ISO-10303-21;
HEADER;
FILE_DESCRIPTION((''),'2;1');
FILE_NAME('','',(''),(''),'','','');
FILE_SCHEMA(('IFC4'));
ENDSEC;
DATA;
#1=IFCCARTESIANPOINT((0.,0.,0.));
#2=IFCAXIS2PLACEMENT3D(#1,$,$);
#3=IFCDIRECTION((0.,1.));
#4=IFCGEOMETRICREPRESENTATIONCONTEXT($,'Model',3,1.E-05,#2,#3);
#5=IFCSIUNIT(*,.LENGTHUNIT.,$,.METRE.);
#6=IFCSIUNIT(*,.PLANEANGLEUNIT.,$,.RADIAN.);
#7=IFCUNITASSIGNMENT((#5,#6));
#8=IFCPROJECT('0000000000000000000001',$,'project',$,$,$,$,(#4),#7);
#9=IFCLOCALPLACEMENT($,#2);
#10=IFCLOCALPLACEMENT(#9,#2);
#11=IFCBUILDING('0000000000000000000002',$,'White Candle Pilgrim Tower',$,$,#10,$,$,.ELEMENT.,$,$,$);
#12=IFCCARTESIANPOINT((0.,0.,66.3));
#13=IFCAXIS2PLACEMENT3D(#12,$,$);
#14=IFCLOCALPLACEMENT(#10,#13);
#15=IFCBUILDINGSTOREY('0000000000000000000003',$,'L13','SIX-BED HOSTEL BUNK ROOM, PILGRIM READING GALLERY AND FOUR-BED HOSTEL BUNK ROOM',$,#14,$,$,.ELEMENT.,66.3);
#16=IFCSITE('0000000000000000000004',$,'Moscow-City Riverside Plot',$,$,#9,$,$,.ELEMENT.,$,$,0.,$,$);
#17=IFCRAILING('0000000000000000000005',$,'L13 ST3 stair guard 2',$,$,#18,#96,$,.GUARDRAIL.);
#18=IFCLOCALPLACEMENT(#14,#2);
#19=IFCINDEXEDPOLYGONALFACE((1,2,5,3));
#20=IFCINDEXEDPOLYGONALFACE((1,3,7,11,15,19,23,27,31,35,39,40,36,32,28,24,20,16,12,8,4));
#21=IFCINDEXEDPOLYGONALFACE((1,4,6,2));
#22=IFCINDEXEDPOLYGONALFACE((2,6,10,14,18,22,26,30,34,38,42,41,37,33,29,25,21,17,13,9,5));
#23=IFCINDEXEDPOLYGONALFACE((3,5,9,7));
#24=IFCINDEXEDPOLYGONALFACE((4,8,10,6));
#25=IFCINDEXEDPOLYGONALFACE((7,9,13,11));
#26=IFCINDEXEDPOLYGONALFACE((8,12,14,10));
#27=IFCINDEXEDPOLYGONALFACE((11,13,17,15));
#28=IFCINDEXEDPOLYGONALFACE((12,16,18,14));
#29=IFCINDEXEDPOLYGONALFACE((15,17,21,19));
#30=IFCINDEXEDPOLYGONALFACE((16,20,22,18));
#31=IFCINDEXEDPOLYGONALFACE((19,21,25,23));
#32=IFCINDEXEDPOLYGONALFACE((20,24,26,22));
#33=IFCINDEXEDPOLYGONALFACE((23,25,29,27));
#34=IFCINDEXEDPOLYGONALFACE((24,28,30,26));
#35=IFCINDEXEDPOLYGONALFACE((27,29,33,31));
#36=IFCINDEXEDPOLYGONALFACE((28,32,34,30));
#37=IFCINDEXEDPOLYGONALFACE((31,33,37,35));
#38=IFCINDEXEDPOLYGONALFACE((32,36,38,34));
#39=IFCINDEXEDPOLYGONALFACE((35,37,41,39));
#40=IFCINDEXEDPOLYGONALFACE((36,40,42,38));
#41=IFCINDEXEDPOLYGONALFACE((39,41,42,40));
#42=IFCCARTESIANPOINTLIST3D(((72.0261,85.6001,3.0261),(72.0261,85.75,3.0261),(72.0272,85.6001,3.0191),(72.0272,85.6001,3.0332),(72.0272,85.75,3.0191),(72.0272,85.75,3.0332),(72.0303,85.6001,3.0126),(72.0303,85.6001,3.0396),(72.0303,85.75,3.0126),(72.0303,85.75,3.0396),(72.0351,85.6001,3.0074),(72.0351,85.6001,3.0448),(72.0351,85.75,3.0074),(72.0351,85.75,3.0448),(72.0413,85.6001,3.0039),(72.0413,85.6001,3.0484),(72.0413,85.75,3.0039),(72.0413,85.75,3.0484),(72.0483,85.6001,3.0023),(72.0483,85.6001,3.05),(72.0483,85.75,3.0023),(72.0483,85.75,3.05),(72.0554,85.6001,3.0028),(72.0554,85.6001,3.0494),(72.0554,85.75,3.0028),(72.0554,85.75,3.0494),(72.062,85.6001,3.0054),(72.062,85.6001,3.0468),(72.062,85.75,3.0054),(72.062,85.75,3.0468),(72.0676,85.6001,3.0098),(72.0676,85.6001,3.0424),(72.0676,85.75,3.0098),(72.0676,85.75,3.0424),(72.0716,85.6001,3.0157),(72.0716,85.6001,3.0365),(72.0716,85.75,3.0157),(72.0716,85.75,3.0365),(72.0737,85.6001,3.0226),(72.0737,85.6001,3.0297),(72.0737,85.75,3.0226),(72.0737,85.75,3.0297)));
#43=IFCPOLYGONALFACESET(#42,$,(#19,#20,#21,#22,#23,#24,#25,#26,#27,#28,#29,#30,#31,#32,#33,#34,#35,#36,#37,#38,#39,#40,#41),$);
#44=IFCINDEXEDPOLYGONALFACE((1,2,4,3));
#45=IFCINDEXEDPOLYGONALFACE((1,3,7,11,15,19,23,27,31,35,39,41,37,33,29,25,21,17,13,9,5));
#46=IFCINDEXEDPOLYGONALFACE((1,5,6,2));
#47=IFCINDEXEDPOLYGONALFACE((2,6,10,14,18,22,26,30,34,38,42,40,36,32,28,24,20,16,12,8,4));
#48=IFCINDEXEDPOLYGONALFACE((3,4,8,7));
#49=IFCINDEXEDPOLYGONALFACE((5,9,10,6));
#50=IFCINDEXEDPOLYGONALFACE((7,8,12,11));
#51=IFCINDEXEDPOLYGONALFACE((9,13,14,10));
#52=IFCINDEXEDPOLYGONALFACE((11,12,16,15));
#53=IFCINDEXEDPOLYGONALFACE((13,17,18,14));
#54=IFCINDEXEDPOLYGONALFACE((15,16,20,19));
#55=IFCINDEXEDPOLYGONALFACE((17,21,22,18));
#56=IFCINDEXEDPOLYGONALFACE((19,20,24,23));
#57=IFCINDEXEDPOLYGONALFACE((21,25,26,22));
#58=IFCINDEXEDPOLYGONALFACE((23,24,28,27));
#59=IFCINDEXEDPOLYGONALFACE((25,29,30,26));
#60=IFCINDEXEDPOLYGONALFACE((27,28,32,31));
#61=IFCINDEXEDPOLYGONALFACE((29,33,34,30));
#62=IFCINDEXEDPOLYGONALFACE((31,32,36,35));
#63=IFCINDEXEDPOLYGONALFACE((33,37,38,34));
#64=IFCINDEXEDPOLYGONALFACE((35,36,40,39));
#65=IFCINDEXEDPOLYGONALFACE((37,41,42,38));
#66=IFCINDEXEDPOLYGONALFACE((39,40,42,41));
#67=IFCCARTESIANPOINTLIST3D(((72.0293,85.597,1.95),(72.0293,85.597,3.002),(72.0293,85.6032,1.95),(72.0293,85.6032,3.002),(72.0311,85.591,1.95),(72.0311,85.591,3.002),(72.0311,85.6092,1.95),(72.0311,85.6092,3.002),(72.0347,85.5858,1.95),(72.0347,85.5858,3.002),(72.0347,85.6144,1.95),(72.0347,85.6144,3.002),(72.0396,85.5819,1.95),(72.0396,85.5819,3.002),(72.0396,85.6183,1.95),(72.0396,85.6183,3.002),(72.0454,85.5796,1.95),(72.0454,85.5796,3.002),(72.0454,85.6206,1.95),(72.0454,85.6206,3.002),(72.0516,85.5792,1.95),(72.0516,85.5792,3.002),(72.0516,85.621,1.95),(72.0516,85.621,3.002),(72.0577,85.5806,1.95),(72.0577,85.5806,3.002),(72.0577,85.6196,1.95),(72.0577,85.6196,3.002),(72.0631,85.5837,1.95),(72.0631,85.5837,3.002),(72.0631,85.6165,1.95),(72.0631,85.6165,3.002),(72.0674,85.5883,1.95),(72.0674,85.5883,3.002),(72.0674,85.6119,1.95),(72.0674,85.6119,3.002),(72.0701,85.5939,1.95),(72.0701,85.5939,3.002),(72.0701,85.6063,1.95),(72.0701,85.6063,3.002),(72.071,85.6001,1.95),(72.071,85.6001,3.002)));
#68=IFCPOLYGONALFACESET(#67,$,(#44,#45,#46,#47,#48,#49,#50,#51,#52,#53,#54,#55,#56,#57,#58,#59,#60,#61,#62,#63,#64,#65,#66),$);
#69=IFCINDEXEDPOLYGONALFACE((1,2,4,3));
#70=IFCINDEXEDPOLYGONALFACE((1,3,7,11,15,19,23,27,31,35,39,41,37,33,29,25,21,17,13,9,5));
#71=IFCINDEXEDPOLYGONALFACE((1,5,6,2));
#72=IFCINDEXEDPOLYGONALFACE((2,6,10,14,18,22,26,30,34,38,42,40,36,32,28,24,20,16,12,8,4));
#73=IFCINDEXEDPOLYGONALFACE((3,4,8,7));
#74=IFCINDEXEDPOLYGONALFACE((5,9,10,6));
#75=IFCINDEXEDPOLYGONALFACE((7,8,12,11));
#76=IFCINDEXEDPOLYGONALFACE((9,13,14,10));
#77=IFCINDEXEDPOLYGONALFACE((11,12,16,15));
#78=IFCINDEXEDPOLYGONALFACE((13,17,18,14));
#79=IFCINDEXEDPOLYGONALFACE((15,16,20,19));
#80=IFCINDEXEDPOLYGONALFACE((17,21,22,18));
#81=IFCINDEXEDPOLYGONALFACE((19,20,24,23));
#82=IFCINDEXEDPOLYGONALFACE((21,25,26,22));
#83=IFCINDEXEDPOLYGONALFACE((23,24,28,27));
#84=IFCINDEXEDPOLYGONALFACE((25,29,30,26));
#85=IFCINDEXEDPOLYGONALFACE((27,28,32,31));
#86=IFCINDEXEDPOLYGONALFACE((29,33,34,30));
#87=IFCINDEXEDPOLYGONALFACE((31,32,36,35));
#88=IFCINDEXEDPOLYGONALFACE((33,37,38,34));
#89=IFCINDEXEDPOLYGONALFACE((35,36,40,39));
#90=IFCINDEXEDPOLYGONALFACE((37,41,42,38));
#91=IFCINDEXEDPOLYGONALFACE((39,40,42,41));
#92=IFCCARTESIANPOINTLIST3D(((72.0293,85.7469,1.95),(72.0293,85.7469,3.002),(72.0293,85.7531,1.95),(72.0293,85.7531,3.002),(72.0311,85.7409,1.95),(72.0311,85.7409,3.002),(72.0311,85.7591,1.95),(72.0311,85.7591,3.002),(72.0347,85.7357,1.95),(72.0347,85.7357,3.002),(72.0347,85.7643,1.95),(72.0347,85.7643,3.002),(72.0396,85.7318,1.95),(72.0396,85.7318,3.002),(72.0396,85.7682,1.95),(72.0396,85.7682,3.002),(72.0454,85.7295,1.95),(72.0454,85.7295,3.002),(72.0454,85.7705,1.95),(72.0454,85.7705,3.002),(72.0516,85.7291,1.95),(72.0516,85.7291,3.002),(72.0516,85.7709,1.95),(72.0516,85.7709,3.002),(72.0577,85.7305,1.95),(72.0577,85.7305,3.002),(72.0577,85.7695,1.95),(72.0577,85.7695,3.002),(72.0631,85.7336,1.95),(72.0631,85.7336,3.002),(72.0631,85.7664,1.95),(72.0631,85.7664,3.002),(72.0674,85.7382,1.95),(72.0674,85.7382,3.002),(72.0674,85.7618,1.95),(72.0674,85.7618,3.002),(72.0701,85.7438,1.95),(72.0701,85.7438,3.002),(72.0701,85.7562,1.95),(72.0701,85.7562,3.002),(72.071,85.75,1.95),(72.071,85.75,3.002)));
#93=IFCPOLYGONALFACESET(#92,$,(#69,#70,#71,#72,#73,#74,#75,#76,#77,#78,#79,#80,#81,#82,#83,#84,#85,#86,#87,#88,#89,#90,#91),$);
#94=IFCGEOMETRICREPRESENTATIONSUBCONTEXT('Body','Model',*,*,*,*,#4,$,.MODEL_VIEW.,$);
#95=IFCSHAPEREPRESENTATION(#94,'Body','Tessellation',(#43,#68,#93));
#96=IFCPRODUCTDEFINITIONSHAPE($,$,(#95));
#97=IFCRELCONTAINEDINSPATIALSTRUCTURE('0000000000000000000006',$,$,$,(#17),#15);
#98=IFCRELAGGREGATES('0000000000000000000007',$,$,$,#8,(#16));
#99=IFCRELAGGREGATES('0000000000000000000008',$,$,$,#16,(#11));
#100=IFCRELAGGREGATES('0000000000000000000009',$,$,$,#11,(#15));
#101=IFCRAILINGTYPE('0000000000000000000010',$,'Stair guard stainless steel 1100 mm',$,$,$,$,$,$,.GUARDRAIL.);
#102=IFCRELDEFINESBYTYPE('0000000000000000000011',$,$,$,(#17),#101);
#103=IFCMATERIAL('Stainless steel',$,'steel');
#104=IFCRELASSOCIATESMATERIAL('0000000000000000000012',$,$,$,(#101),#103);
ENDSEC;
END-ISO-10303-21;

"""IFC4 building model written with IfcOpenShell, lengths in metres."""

from ifc_helpers import new_model, si_unit, direction, frame, origin, origin_2d, place, context, subcontext, project, spatial, circle, extrude, material, type_object, element, save


model = new_model("IFC4")

# Units and contexts
model_context = context("Model", 3, precision=1e-05, world=origin(), true_north=direction((0.0, 1.0)))
body_context = subcontext(model_context, "Body", "Model", "MODEL_VIEW")
ifc_project = project(units=[si_unit("LENGTHUNIT", "METRE"), si_unit("PLANEANGLEUNIT", "RADIAN")], contexts=[model_context])

# Site, building, storey
site_placement = place(None, origin())
site = spatial("IfcSite", under=ifc_project, at=site_placement, Name="Moscow-City Riverside Plot", CompositionType="ELEMENT", RefElevation=0.0)
building_placement = place(site_placement, origin())
building = spatial("IfcBuilding", under=site, at=building_placement, Name="White Candle Pilgrim Tower", CompositionType="ELEMENT")
storey_placement = place(building_placement, frame((0.0, 0.0, 66.3)))
storey = spatial("IfcBuildingStorey", under=building, at=storey_placement, Name="L13", Description="SIX-BED HOSTEL BUNK ROOM, PILGRIM READING GALLERY AND FOUR-BED HOSTEL BUNK ROOM", CompositionType="ELEMENT", Elevation=66.3)

# Railing
ifc_material_1 = material(Name="Stainless steel", Category="steel")
railing_type_1 = type_object("IfcRailingType", Name="Stair guard stainless steel 1100 mm", PredefinedType="GUARDRAIL", material=ifc_material_1)
railing_1_placement = place(storey_placement, frame((72.05, 85.6001, 1.95)))
element("IfcRailing", 1, at=railing_1_placement, inside=storey, type_object=railing_type_1, Name="L13 ST3 stair guard 2", PredefinedType="GUARDRAIL", context=body_context, shape_type="SweptSolid", body=[
    extrude(circle(Radius=0.0239, at=origin_2d()), frame((0.0, 0.0, 1.0762), z_axis=(0.0, 1.0, 0.0), x_axis=(-1.0, 0.0, 0.0)), (0.0, 0.0, 1.0), 0.1499),
    extrude(circle(Radius=0.021, at=origin_2d()), origin(), (0.0, 0.0, 1.0), 1.052),
    extrude(circle(Radius=0.021, at=origin_2d()), frame((0.0, 0.1499, 0.0)), (0.0, 0.0, 1.0), 1.052),
])

save(model, "model.ifc")
